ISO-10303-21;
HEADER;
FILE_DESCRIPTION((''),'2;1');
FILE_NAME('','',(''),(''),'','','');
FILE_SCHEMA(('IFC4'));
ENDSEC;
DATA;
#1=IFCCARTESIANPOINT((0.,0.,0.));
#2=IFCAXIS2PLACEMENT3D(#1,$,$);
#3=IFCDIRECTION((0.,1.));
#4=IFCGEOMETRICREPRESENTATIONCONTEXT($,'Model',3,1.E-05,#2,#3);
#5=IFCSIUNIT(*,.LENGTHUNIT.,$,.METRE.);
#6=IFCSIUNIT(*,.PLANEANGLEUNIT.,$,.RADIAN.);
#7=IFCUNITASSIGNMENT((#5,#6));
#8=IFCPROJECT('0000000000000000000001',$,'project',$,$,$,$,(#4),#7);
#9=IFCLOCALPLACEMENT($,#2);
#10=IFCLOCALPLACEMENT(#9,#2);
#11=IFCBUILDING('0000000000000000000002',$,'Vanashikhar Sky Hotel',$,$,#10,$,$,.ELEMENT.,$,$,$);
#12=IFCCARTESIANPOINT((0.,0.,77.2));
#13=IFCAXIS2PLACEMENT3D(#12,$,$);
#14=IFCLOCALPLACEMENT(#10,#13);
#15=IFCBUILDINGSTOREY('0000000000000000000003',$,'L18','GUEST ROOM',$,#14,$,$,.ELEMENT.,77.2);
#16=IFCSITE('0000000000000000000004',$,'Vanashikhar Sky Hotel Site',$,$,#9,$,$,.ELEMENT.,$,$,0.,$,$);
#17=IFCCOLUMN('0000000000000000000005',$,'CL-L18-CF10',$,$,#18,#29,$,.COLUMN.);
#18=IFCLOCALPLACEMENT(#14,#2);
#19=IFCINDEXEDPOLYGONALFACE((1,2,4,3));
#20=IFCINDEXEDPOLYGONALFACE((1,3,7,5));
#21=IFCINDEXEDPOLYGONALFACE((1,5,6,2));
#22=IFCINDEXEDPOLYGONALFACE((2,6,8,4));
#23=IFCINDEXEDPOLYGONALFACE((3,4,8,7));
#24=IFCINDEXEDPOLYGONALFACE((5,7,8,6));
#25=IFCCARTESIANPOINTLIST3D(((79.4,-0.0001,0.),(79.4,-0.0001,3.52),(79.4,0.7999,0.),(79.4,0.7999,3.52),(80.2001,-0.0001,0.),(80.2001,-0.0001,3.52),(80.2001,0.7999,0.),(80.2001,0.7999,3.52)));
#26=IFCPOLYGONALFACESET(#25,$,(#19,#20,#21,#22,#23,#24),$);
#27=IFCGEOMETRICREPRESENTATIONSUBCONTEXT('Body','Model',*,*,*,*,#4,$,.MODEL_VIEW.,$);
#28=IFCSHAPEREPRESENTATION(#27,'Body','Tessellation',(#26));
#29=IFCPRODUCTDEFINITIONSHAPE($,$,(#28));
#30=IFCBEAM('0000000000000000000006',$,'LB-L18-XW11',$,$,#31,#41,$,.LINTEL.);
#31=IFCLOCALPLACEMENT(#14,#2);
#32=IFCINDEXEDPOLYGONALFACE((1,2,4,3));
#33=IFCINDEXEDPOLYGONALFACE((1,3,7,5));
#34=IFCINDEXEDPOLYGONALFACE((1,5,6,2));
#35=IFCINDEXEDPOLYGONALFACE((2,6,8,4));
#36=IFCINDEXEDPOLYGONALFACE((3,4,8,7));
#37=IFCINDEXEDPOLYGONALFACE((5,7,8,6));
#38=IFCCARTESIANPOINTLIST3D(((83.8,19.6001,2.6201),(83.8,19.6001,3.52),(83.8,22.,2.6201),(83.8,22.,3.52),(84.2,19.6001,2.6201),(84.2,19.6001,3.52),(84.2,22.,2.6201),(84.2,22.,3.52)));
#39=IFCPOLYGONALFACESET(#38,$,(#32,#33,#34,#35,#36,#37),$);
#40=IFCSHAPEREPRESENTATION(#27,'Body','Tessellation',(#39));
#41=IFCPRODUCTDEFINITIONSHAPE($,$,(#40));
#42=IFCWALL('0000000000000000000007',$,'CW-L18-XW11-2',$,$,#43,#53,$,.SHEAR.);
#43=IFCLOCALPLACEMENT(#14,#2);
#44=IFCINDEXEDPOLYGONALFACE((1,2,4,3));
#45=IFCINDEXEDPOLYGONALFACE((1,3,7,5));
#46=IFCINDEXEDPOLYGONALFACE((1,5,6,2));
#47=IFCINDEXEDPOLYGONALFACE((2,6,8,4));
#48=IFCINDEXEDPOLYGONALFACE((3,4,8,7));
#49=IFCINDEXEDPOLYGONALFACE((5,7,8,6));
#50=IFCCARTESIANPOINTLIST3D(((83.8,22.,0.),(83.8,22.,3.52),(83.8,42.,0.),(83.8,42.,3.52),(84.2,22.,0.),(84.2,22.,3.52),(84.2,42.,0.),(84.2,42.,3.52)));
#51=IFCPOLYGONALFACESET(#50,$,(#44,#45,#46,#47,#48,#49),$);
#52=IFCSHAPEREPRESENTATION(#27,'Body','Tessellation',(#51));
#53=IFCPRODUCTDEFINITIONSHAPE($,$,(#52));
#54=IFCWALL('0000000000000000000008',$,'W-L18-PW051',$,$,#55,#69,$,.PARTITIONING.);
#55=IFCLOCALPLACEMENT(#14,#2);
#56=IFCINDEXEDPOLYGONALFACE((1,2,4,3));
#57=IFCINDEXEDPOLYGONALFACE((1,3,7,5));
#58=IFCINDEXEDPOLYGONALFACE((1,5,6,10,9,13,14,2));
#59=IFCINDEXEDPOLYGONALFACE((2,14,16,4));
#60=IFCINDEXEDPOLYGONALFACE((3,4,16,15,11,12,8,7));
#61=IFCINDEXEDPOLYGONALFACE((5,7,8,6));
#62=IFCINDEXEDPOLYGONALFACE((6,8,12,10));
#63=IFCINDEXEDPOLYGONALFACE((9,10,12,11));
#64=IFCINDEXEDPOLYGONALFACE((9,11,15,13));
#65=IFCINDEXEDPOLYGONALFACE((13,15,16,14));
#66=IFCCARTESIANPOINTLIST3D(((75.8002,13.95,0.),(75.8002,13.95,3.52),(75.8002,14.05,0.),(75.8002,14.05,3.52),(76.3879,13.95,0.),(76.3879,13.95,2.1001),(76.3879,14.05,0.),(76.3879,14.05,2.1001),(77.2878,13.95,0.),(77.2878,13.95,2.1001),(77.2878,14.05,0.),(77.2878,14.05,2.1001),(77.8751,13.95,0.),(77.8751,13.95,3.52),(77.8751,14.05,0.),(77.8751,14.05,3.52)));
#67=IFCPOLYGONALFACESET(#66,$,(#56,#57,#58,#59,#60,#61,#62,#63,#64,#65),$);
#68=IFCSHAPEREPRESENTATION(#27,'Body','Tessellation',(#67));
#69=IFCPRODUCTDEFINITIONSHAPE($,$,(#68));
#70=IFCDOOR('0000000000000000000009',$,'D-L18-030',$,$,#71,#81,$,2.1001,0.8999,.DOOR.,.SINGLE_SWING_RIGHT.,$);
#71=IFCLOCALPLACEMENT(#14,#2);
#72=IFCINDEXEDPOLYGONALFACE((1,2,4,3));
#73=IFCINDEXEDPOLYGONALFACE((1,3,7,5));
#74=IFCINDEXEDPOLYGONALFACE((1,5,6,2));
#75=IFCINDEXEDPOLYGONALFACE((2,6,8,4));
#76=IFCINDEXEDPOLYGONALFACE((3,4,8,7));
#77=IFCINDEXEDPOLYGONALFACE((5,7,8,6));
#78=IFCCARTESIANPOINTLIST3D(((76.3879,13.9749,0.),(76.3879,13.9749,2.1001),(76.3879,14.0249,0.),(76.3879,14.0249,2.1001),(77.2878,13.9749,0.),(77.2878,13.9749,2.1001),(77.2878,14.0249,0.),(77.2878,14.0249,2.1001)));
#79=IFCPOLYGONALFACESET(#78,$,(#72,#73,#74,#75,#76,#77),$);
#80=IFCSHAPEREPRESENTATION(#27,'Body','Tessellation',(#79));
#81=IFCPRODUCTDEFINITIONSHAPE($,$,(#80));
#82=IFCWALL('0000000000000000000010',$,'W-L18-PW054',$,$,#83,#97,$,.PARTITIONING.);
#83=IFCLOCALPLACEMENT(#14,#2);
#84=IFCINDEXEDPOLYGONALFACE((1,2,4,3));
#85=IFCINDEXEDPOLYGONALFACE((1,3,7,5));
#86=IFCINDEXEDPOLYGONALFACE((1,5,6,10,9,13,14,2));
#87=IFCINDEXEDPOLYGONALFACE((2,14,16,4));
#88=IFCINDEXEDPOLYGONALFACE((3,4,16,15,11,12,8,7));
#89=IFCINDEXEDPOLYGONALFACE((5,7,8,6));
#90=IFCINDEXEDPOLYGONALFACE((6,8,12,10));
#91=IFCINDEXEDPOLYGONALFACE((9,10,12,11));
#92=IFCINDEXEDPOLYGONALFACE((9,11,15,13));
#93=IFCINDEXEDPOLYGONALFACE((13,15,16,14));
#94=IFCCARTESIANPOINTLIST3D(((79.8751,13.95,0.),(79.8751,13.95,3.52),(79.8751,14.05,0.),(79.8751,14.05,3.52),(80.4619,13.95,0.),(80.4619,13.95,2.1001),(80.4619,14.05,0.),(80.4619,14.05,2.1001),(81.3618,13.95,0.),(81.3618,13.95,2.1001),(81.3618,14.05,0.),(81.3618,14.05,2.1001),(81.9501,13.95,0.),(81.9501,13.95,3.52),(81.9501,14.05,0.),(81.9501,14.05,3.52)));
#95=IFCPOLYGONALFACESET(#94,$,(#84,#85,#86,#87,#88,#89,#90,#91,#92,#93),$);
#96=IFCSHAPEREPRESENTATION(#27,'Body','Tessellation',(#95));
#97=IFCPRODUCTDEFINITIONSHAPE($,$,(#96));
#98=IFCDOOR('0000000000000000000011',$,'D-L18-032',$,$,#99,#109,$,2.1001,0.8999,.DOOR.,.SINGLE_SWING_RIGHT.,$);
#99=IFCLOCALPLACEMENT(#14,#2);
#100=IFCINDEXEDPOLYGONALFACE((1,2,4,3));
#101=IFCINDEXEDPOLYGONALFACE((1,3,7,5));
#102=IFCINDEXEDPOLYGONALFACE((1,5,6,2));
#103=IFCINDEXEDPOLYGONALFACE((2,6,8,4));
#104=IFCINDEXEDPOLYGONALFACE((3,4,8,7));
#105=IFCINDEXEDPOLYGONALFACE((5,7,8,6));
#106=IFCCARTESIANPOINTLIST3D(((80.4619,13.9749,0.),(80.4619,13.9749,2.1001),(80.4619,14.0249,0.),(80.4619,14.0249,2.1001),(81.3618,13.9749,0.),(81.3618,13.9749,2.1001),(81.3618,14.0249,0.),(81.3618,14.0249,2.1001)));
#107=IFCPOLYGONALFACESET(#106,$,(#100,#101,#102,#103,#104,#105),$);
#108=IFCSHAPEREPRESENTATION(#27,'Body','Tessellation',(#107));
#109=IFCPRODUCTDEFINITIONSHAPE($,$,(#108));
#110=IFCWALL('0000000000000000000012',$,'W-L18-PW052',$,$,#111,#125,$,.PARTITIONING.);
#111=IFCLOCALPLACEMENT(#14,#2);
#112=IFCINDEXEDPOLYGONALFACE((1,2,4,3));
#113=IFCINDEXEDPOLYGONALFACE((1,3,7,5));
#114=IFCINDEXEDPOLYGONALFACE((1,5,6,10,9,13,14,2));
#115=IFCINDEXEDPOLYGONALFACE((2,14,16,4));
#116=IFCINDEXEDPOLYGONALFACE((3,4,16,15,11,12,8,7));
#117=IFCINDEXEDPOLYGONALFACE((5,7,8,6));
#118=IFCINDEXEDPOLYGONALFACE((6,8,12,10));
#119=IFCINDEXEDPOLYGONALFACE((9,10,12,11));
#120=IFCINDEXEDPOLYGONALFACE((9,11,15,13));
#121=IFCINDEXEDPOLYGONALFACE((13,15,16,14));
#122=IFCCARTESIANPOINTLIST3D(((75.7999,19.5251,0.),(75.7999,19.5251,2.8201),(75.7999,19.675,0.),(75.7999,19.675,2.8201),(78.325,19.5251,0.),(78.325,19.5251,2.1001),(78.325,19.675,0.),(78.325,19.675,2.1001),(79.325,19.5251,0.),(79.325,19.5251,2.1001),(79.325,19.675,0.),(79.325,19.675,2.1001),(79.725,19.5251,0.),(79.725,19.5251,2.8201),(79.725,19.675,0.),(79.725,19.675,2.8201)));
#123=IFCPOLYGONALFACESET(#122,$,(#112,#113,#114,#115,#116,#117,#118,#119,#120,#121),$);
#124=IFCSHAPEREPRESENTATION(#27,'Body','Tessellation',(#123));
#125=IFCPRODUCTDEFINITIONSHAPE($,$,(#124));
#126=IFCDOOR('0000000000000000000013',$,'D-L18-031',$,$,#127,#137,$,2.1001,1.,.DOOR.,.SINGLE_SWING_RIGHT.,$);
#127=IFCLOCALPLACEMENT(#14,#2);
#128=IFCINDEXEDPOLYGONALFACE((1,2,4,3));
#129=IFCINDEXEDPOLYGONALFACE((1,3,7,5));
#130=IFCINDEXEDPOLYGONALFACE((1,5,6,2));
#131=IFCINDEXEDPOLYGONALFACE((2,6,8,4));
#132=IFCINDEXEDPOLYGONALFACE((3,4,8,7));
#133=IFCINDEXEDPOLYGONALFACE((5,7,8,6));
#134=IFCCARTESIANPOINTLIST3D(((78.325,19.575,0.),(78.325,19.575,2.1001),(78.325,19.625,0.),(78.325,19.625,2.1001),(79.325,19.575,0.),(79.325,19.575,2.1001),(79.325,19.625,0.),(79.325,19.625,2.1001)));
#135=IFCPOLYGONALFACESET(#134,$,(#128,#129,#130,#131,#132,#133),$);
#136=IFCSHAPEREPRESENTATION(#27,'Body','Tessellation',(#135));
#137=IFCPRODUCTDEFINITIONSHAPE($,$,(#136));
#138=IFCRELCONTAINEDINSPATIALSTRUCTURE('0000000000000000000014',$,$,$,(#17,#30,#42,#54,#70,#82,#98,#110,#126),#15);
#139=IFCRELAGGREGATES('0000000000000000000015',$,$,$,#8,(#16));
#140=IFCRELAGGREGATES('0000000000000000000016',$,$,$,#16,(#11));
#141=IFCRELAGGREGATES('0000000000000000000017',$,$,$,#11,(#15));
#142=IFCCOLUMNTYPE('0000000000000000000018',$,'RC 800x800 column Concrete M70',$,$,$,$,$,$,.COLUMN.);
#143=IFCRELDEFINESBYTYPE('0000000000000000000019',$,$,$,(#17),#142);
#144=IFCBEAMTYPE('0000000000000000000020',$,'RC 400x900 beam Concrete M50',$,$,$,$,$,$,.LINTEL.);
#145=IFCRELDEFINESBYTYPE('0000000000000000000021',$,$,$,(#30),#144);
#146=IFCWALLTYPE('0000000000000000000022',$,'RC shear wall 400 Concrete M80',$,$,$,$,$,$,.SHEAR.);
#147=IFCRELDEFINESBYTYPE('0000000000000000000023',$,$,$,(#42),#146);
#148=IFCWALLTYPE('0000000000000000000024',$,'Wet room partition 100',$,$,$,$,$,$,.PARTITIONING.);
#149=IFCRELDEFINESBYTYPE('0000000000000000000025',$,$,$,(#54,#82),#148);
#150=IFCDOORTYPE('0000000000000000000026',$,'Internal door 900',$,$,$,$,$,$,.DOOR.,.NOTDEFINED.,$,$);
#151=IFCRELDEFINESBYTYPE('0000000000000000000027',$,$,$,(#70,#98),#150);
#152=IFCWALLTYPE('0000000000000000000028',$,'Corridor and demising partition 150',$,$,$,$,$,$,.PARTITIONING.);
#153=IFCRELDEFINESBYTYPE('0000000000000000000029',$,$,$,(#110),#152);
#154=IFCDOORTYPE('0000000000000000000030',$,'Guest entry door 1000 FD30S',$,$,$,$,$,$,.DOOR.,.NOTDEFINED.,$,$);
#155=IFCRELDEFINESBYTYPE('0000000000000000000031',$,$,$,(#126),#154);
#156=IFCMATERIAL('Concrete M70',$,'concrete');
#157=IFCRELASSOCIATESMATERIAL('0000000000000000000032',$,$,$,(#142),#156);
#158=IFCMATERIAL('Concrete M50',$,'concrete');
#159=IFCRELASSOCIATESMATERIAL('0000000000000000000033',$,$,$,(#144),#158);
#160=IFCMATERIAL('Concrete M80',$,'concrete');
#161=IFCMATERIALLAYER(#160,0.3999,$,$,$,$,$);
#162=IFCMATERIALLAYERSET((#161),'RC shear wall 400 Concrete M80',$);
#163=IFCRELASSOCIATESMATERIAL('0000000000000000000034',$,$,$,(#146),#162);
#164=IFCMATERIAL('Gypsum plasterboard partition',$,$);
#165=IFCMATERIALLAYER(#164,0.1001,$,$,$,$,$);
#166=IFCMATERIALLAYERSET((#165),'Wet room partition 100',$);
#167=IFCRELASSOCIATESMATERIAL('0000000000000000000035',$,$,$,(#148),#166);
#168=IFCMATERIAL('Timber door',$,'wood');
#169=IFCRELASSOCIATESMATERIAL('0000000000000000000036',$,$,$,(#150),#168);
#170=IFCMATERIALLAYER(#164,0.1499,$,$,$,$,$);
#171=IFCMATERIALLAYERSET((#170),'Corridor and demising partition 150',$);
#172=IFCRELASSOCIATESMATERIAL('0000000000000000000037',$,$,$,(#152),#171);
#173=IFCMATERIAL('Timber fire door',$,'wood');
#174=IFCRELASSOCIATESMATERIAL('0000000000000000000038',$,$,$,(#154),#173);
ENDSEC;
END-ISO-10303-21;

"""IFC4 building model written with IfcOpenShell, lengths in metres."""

from ifc_helpers import new_model, si_unit, direction, frame, frame_2d, origin, origin_2d, place, context, subcontext, project, spatial, rectangle, extrude, source, transform, mapped, material, layer, layer_set, material_profile, profile_set, type_object, element, fill, save


model = new_model("IFC4")

# Units and contexts
model_context = context("Model", 3, precision=1e-05, world=origin(), true_north=direction((0.0, 1.0)))
body_context = subcontext(model_context, "Body", "Model", "MODEL_VIEW")
ifc_project = project(units=[si_unit("LENGTHUNIT", "METRE"), si_unit("PLANEANGLEUNIT", "RADIAN")], contexts=[model_context])

# Site, building, storey
site_placement = place(None, origin())
site = spatial("IfcSite", under=ifc_project, at=site_placement, Name="Vanashikhar Sky Hotel Site", CompositionType="ELEMENT", RefElevation=0.0)
building_placement = place(site_placement, origin())
building = spatial("IfcBuilding", under=site, at=building_placement, Name="Vanashikhar Sky Hotel", CompositionType="ELEMENT")
storey_placement = place(building_placement, frame((0.0, 0.0, 77.2)))
storey = spatial("IfcBuildingStorey", under=building, at=storey_placement, Name="L18", Description="GUEST ROOM", CompositionType="ELEMENT", Elevation=77.2)

# Column
ifc_material_1 = material(Name="Concrete M70", Category="concrete")
ifc_material_profile_1 = material_profile(ifc_material_1, rectangle(XDim=0.8, YDim=0.8, at=origin_2d()))
ifc_profile_set_1 = profile_set([ifc_material_profile_1], Name="RC 800x800 column Concrete M70")
column_type = type_object("IfcColumnType", Name="RC 800x800 column Concrete M70", PredefinedType="COLUMN", material=ifc_profile_set_1)
shared_shape_1 = source(origin(), body_context, "Body", "SweptSolid", [
    extrude(rectangle(XDim=0.8, YDim=0.8, at=origin_2d()), origin(), (0.0, 0.0, 1.0), 3.52),
])
column_placement = place(storey_placement, frame((79.8, 0.3999, 0.0), z_axis=(0.0, 0.0, 1.0), x_axis=(1.0, 0.0, 0.0)))
element("IfcColumn", 1, at=column_placement, inside=storey, type_object=column_type, Name="CL-L18-CF10", PredefinedType="COLUMN", context=body_context, shape_type="MappedRepresentation", body=[
    mapped(shared_shape_1, transform((0.0, 0.0, 0.0), scale=1.0)),
])

# Beam
ifc_material_2 = material(Name="Concrete M50", Category="concrete")
ifc_material_profile_2 = material_profile(ifc_material_2, rectangle(XDim=0.3999, YDim=0.8999, at=origin_2d()))
ifc_profile_set_2 = profile_set([ifc_material_profile_2], Name="RC 400x900 beam Concrete M50")
beam_type = type_object("IfcBeamType", Name="RC 400x900 beam Concrete M50", PredefinedType="LINTEL", material=ifc_profile_set_2)
shared_shape_2 = source(origin(), body_context, "Body", "SweptSolid", [
    extrude(rectangle(XDim=0.3999, YDim=0.8999, at=origin_2d()), origin(), (0.0, 0.0, 1.0), 2.3999),
])
beam_placement = place(storey_placement, frame((84.0, 19.6001, 3.0701), z_axis=(0.0, 1.0, 0.0), x_axis=(-1.0, 0.0, 0.0)))
element("IfcBeam", 2, at=beam_placement, inside=storey, type_object=beam_type, Name="LB-L18-XW11", PredefinedType="LINTEL", context=body_context, shape_type="MappedRepresentation", body=[
    mapped(shared_shape_2, transform((0.0, 0.0, 0.0), scale=1.0)),
])

# Wall
ifc_material_3 = material(Name="Concrete M80", Category="concrete")
ifc_layer_1 = layer(ifc_material_3, 0.3999)
ifc_layer_set_1 = layer_set([ifc_layer_1], Name="RC shear wall 400 Concrete M80")
wall_type_1 = type_object("IfcWallType", Name="RC shear wall 400 Concrete M80", PredefinedType="SHEAR", material=ifc_layer_set_1)
shared_shape_3 = source(origin(), body_context, "Body", "SweptSolid", [
    extrude(rectangle(XDim=20.0, YDim=0.3999, at=frame_2d((10.0, 0.0))), origin(), (0.0, 0.0, 1.0), 3.52),
])
wall_1_placement = place(storey_placement, frame((84.0, 22.0, 0.0), z_axis=(0.0, 0.0, 1.0), x_axis=(0.0, 1.0, 0.0)))
element("IfcWall", 3, at=wall_1_placement, inside=storey, type_object=wall_type_1, Name="CW-L18-XW11-2", PredefinedType="SHEAR", context=body_context, shape_type="MappedRepresentation", body=[
    mapped(shared_shape_3, transform((0.0, 0.0, 0.0), scale=1.0)),
])

# Walls, openings, doors
ifc_material_4 = material(Name="Gypsum plasterboard partition")
ifc_layer_2 = layer(ifc_material_4, 0.1001)
ifc_layer_set_2 = layer_set([ifc_layer_2], Name="Wet room partition 100")
wall_type_2 = type_object("IfcWallType", Name="Wet room partition 100", PredefinedType="PARTITIONING", material=ifc_layer_set_2)
shared_shape_4 = source(origin(), body_context, "Body", "SweptSolid", [
    extrude(rectangle(XDim=2.075, YDim=0.1001, at=frame_2d((1.0376, 0.0))), origin(), (0.0, 0.0, 1.0), 3.52),
])
wall_2_placement = place(storey_placement, frame((75.8, 14.0, 0.0), z_axis=(0.0, 0.0, 1.0), x_axis=(1.0, 0.0, 0.0)))
wall_2 = element("IfcWall", 4, at=wall_2_placement, inside=storey, type_object=wall_type_2, Name="W-L18-PW051", PredefinedType="PARTITIONING", context=body_context, shape_type="MappedRepresentation", body=[
    mapped(shared_shape_4, transform((0.0, 0.0, 0.0), scale=1.0)),
])
shared_shape_5 = source(origin(), body_context, "Body", "SweptSolid", [
    extrude(rectangle(XDim=0.8999, YDim=2.1001, at=frame_2d((0.45, 1.05))), frame((0.0, 0.0601, 0.0), z_axis=(0.0, -1.0, 0.0), x_axis=(1.0, 0.0, 0.0)), (0.0, 0.0, 1.0), 0.1201),
])
opening_1_placement = place(wall_2_placement, frame((0.5879, 0.0, 0.0)))
opening_1 = element("IfcOpeningElement", 5, at=opening_1_placement, cuts=wall_2, PredefinedType="OPENING", context=body_context, shape_type="MappedRepresentation", body=[
    mapped(shared_shape_5, transform((0.0, 0.0, 0.0), scale=1.0)),
])
ifc_material_5 = material(Name="Timber door", Category="wood")
door_type_1 = type_object("IfcDoorType", Name="Internal door 900", OperationType="NOTDEFINED", PredefinedType="DOOR", material=ifc_material_5)
shared_shape_6 = source(origin(), body_context, "Body", "SweptSolid", [
    extrude(rectangle(XDim=0.8999, YDim=2.1001, at=frame_2d((0.45, 1.05))), frame((0.0, 0.0249, 0.0), z_axis=(0.0, -1.0, 0.0), x_axis=(1.0, 0.0, 0.0)), (0.0, 0.0, 1.0), 0.05),
])
door_1_placement = place(opening_1_placement, origin())
door_1 = element("IfcDoor", 6, at=door_1_placement, inside=storey, type_object=door_type_1, Name="D-L18-030", OperationType="SINGLE_SWING_RIGHT", OverallHeight=2.1001, OverallWidth=0.8999, PredefinedType="DOOR", context=body_context, shape_type="MappedRepresentation", body=[
    mapped(shared_shape_6, transform((0.0, 0.0, 0.0), scale=1.0)),
])
fill(opening_1, door_1)
wall_3_placement = place(storey_placement, frame((79.875, 14.0, 0.0), z_axis=(0.0, 0.0, 1.0), x_axis=(1.0, 0.0, 0.0)))
wall_3 = element("IfcWall", 7, at=wall_3_placement, inside=storey, type_object=wall_type_2, Name="W-L18-PW054", PredefinedType="PARTITIONING", context=body_context, shape_type="MappedRepresentation", body=[
    mapped(shared_shape_4, transform((0.0, 0.0, 0.0), scale=1.0)),
])
opening_2_placement = place(wall_3_placement, frame((0.5869, 0.0, 0.0)))
opening_2 = element("IfcOpeningElement", 8, at=opening_2_placement, cuts=wall_3, PredefinedType="OPENING", context=body_context, shape_type="MappedRepresentation", body=[
    mapped(shared_shape_5, transform((0.0, 0.0, 0.0), scale=1.0)),
])
door_2_placement = place(opening_2_placement, origin())
door_2 = element("IfcDoor", 9, at=door_2_placement, inside=storey, type_object=door_type_1, Name="D-L18-032", OperationType="SINGLE_SWING_RIGHT", OverallHeight=2.1001, OverallWidth=0.8999, PredefinedType="DOOR", context=body_context, shape_type="MappedRepresentation", body=[
    mapped(shared_shape_6, transform((0.0, 0.0, 0.0), scale=1.0)),
])
fill(opening_2, door_2)
ifc_layer_3 = layer(ifc_material_4, 0.1499)
ifc_layer_set_3 = layer_set([ifc_layer_3], Name="Corridor and demising partition 150")
wall_type_3 = type_object("IfcWallType", Name="Corridor and demising partition 150", PredefinedType="PARTITIONING", material=ifc_layer_set_3)
shared_shape_7 = source(origin(), body_context, "Body", "SweptSolid", [
    extrude(rectangle(XDim=3.925, YDim=0.1499, at=frame_2d((1.9624, 0.0))), origin(), (0.0, 0.0, 1.0), 2.8201),
])
wall_4_placement = place(storey_placement, frame((75.8, 19.6001, 0.0), z_axis=(0.0, 0.0, 1.0), x_axis=(1.0, 0.0, 0.0)))
wall_4 = element("IfcWall", 10, at=wall_4_placement, inside=storey, type_object=wall_type_3, Name="W-L18-PW052", PredefinedType="PARTITIONING", context=body_context, shape_type="MappedRepresentation", body=[
    mapped(shared_shape_7, transform((0.0, 0.0, 0.0), scale=1.0)),
])
shared_shape_8 = source(origin(), body_context, "Body", "SweptSolid", [
    extrude(rectangle(XDim=1.0, YDim=2.1001, at=frame_2d((0.5, 1.05))), frame((0.0, 0.085, 0.0), z_axis=(0.0, -1.0, 0.0), x_axis=(1.0, 0.0, 0.0)), (0.0, 0.0, 1.0), 0.1699),
])
opening_3_placement = place(wall_4_placement, frame((2.5249, 0.0, 0.0)))
opening_3 = element("IfcOpeningElement", 11, at=opening_3_placement, cuts=wall_4, PredefinedType="OPENING", context=body_context, shape_type="MappedRepresentation", body=[
    mapped(shared_shape_8, transform((0.0, 0.0, 0.0), scale=1.0)),
])
ifc_material_6 = material(Name="Timber fire door", Category="wood")
door_type_2 = type_object("IfcDoorType", Name="Guest entry door 1000 FD30S", OperationType="NOTDEFINED", PredefinedType="DOOR", material=ifc_material_6)
shared_shape_9 = source(origin(), body_context, "Body", "SweptSolid", [
    extrude(rectangle(XDim=1.0, YDim=2.1001, at=frame_2d((0.5, 1.05))), frame((0.0, 0.0249, 0.0), z_axis=(0.0, -1.0, 0.0), x_axis=(1.0, 0.0, 0.0)), (0.0, 0.0, 1.0), 0.05),
])
door_3_placement = place(opening_3_placement, origin())
door_3 = element("IfcDoor", 12, at=door_3_placement, inside=storey, type_object=door_type_2, Name="D-L18-031", OperationType="SINGLE_SWING_RIGHT", OverallHeight=2.1001, OverallWidth=1.0, PredefinedType="DOOR", context=body_context, shape_type="MappedRepresentation", body=[
    mapped(shared_shape_9, transform((0.0, 0.0, 0.0), scale=1.0)),
])
fill(opening_3, door_3)

save(model, "model.ifc")
